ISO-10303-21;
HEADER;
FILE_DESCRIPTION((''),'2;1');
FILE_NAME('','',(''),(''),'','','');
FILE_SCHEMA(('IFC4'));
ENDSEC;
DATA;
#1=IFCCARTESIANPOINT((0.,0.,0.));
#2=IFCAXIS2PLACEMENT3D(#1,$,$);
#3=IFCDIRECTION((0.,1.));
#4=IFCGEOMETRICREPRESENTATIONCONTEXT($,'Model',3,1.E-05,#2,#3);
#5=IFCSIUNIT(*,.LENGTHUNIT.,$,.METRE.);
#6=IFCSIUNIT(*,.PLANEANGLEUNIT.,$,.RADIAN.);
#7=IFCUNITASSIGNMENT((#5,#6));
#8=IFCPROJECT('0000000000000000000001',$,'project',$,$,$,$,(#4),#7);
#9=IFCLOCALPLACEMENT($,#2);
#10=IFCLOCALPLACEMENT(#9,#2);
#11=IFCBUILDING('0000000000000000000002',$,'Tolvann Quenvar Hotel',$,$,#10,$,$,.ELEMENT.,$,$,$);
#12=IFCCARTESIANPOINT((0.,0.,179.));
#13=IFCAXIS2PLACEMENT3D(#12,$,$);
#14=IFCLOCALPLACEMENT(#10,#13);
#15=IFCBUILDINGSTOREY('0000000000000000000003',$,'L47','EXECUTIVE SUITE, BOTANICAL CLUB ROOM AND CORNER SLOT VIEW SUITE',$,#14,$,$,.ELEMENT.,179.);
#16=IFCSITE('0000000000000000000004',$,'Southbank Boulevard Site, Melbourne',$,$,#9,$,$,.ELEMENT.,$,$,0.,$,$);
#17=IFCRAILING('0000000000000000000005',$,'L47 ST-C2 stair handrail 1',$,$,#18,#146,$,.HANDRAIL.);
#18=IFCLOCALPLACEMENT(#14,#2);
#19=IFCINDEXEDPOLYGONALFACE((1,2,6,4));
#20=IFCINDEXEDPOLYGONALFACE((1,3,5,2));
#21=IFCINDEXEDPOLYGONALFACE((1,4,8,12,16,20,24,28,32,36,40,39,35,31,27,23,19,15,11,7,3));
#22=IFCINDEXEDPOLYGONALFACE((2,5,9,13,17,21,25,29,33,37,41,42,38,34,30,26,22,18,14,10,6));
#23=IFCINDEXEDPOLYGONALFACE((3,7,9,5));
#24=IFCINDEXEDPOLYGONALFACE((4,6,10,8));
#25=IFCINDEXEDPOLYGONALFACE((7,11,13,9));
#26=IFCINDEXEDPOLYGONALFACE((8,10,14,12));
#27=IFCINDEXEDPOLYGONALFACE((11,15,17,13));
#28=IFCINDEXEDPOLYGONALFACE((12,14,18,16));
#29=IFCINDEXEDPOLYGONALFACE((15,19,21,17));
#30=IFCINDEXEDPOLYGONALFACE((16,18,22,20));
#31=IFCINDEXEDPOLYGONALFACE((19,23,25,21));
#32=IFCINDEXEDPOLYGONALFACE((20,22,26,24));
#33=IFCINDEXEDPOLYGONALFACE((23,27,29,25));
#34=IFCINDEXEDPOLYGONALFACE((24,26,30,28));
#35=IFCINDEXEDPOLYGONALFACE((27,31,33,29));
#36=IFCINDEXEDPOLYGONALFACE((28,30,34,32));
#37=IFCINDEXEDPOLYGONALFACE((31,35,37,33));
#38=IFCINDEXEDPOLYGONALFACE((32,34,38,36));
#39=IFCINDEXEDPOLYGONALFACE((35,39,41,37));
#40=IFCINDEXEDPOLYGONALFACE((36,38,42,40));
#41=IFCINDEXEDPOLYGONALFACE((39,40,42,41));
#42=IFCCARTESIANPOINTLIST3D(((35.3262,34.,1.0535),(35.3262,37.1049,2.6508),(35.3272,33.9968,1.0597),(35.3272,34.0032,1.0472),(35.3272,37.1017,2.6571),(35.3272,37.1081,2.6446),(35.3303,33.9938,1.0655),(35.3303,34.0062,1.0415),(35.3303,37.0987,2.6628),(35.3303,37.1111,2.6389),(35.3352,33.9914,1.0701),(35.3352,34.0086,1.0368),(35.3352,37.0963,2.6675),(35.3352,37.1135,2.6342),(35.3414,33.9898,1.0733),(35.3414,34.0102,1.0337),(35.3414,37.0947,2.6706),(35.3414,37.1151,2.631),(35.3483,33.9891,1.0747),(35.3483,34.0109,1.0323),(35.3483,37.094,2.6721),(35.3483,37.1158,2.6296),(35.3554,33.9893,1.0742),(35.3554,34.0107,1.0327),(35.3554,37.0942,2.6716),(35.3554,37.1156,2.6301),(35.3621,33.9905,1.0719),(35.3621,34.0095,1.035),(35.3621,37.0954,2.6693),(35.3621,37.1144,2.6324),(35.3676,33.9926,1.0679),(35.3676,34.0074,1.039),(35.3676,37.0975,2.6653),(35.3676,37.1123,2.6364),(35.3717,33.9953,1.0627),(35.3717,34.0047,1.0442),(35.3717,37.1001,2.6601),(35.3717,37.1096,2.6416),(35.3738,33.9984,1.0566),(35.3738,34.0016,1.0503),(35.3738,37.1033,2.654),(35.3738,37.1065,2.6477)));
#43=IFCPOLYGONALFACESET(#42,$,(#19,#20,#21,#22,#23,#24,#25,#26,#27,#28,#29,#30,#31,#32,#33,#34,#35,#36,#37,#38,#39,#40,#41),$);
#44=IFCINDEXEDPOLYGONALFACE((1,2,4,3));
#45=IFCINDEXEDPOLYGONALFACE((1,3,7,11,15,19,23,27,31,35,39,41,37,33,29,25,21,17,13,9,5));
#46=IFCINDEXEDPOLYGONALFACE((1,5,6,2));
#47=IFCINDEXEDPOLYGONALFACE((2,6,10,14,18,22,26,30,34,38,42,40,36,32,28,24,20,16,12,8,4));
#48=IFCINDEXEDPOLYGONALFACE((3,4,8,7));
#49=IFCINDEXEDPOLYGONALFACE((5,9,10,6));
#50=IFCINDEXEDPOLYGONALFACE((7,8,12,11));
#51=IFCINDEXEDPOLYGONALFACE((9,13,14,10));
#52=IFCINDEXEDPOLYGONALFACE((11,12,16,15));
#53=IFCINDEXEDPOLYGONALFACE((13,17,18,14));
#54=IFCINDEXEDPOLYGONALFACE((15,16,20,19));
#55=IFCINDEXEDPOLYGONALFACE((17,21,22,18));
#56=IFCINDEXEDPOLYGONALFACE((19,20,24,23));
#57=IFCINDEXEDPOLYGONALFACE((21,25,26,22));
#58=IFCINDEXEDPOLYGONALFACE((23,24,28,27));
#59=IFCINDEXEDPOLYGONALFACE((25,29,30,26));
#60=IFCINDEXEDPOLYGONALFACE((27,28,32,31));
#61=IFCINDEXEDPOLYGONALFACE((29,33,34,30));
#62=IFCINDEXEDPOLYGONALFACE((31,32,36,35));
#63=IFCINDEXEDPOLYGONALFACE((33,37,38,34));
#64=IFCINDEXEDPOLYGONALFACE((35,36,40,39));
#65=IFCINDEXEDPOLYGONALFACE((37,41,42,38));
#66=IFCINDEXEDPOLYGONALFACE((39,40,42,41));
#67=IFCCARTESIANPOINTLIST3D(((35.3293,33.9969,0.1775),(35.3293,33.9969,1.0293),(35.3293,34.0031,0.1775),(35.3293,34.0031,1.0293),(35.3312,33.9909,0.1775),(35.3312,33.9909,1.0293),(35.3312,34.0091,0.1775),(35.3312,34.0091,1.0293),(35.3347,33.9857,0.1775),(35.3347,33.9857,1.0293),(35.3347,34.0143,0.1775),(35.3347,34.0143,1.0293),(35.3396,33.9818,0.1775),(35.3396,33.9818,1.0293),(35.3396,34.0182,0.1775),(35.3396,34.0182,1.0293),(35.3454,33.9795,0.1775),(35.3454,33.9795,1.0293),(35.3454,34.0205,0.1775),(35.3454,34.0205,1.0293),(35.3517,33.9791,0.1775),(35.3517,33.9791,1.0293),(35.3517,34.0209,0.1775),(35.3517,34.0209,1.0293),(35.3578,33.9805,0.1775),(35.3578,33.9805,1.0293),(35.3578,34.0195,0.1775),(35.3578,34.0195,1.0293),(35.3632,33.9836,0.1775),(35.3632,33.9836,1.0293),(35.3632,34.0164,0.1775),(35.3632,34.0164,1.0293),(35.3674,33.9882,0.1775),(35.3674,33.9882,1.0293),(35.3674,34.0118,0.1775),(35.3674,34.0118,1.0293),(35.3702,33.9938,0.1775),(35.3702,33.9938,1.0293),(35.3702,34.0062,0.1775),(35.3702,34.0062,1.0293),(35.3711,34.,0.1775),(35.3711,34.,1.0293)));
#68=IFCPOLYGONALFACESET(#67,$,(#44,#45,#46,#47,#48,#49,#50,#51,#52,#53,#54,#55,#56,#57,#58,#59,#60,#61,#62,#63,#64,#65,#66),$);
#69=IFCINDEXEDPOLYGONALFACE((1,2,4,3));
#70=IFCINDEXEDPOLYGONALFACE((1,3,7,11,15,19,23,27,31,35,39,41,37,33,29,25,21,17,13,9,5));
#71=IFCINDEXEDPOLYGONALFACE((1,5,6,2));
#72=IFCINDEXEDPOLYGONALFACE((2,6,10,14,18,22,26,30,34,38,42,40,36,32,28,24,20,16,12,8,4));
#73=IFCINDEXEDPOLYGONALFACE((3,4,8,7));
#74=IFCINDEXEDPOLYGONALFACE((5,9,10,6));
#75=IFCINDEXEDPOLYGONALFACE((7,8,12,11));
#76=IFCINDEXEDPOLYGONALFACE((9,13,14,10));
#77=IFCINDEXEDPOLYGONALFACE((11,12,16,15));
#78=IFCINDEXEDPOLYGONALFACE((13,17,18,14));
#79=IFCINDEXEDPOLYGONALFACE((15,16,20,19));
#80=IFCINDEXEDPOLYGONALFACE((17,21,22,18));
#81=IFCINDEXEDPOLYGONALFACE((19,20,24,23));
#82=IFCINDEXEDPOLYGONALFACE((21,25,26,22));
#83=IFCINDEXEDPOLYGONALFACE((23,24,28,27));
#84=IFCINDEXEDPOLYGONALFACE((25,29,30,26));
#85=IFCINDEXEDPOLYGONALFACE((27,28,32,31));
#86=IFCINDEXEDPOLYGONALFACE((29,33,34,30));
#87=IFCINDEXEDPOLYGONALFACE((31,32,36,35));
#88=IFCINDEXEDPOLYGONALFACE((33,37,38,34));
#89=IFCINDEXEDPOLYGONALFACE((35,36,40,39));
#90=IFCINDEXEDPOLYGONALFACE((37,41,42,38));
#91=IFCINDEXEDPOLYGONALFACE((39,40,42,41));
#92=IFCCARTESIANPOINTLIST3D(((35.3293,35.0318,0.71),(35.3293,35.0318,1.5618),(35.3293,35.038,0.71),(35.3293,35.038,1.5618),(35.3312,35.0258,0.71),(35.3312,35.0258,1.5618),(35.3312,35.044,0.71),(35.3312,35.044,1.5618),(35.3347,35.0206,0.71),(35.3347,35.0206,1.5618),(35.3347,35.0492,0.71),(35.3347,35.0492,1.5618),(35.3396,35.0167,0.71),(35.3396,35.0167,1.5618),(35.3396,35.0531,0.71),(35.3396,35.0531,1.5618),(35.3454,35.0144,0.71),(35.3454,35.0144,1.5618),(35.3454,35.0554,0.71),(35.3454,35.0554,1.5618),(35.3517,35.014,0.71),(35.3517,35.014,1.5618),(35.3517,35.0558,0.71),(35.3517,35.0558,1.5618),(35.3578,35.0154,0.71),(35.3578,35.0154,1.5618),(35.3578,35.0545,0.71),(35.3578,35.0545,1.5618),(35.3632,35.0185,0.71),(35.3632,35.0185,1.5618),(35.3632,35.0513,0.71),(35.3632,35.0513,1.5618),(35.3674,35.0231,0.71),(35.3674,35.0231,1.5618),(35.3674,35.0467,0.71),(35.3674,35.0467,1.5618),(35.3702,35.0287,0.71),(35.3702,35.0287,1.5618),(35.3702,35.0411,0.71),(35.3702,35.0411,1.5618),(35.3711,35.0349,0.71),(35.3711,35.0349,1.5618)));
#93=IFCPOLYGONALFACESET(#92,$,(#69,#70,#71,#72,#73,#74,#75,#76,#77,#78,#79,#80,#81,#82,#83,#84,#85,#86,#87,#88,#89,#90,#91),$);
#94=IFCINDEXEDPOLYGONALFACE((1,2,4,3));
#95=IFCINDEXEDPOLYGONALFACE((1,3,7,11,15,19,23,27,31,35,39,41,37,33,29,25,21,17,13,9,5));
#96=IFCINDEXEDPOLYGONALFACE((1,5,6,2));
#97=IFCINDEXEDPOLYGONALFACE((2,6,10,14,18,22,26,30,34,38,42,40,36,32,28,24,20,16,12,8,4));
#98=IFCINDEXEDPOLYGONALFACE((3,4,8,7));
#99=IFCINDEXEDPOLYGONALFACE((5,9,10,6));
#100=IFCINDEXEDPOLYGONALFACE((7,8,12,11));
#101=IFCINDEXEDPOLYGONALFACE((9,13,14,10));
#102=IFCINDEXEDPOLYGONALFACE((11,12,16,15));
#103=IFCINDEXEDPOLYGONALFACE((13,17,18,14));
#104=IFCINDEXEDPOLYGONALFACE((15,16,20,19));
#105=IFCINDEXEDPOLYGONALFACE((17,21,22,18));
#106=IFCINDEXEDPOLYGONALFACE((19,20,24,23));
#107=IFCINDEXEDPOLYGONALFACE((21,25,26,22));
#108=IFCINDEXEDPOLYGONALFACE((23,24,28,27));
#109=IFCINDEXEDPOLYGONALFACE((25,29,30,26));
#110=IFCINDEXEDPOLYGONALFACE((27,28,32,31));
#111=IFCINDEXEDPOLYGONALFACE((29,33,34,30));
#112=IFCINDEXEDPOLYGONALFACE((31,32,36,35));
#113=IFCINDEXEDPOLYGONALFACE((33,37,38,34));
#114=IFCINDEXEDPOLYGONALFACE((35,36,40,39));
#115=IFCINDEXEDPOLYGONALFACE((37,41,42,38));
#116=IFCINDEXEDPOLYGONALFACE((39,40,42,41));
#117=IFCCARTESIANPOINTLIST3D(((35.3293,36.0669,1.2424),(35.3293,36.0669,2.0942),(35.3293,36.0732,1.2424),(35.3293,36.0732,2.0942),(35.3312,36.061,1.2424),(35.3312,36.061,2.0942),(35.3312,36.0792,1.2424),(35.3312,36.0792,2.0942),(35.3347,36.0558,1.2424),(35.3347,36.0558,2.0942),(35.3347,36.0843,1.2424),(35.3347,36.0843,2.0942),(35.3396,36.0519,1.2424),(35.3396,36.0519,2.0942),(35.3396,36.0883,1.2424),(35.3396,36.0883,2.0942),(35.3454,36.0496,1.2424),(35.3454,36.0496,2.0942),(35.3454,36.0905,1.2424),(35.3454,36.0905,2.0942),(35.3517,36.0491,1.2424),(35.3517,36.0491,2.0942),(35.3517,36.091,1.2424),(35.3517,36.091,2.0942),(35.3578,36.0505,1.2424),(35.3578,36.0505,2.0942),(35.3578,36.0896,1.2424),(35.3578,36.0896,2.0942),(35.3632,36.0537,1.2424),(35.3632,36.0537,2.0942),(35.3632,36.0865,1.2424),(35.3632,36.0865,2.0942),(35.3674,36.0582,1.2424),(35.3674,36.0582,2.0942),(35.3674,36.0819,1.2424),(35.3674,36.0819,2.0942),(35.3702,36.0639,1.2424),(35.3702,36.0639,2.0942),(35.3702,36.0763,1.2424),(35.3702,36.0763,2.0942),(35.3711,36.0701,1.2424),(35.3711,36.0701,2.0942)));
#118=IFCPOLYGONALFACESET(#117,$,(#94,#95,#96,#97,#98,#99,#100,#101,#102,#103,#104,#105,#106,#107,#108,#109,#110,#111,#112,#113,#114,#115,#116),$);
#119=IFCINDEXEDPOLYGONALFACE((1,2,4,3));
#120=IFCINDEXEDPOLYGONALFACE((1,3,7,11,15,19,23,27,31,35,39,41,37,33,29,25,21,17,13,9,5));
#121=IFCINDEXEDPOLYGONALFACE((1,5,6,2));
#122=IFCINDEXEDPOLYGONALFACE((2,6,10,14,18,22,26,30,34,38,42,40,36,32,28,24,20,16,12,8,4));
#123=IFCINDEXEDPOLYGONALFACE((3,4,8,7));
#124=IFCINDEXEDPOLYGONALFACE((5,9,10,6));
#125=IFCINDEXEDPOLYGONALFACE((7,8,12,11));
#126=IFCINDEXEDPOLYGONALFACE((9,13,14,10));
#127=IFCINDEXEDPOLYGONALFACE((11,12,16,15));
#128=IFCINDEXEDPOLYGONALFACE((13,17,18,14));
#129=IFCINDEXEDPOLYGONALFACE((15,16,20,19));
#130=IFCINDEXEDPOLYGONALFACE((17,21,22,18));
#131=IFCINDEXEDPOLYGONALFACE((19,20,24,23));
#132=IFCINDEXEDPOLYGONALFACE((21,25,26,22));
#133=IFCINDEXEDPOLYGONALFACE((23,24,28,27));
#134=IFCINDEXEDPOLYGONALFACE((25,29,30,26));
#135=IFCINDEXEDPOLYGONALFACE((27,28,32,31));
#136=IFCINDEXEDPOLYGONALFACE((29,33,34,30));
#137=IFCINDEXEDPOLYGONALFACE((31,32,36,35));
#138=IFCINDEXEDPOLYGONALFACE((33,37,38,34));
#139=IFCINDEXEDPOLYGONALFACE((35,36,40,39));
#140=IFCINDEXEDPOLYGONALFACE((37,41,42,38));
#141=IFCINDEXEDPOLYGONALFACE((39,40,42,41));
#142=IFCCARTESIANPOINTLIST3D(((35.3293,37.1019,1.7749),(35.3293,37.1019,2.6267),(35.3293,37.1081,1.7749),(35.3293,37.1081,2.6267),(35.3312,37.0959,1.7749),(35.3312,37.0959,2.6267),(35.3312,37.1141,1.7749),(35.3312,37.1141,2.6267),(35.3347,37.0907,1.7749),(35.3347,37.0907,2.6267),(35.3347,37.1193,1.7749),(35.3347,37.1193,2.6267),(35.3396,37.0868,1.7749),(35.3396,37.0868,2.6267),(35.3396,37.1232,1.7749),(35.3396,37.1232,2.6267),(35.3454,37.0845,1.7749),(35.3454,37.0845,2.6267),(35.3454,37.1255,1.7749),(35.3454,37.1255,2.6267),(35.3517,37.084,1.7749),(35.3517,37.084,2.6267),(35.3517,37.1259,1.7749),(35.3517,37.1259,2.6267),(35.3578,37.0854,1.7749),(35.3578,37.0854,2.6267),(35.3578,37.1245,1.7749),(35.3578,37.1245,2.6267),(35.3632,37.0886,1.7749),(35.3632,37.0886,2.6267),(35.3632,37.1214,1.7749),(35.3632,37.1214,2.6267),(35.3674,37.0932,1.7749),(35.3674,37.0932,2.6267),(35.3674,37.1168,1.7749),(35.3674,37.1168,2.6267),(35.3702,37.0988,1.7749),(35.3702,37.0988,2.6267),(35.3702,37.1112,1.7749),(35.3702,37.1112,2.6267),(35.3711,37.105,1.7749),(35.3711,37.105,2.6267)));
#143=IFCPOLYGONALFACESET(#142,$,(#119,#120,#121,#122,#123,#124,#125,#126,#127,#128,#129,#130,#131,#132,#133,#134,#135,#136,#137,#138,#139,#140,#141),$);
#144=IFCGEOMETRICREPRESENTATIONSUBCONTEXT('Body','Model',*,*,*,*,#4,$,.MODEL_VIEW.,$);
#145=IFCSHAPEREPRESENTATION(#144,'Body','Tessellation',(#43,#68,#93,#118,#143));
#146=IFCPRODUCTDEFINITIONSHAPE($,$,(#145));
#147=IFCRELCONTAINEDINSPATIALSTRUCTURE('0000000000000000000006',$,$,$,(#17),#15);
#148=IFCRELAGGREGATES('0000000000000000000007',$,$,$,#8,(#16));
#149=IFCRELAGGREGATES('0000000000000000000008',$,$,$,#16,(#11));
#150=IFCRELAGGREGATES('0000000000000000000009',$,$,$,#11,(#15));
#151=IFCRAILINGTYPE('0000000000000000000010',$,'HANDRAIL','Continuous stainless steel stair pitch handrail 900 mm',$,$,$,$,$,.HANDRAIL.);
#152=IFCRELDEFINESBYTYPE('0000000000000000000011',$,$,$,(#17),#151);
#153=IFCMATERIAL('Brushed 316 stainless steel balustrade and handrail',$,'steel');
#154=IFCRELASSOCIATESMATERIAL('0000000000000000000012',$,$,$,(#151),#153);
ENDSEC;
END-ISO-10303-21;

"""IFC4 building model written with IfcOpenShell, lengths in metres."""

from ifc_helpers import new_model, si_unit, direction, frame, origin, origin_2d, place, context, subcontext, project, spatial, circle, extrude, material, type_object, element, save


model = new_model("IFC4")

# Units and contexts
model_context = context("Model", 3, precision=1e-05, world=origin(), true_north=direction((0.0, 1.0)))
body_context = subcontext(model_context, "Body", "Model", "MODEL_VIEW")
ifc_project = project(units=[si_unit("LENGTHUNIT", "METRE"), si_unit("PLANEANGLEUNIT", "RADIAN")], contexts=[model_context])

# Site, building, storey
site_placement = place(None, origin())
site = spatial("IfcSite", under=ifc_project, at=site_placement, Name="Southbank Boulevard Site, Melbourne", CompositionType="ELEMENT", RefElevation=0.0)
building_placement = place(site_placement, origin())
building = spatial("IfcBuilding", under=site, at=building_placement, Name="Tolvann Quenvar Hotel", CompositionType="ELEMENT")
storey_placement = place(building_placement, frame((0.0, 0.0, 179.0)))
storey = spatial("IfcBuildingStorey", under=building, at=storey_placement, Name="L47", Description="EXECUTIVE SUITE, BOTANICAL CLUB ROOM AND CORNER SLOT VIEW SUITE", CompositionType="ELEMENT", Elevation=179.0)

# Railing
ifc_material_1 = material(Name="Brushed 316 stainless steel balustrade and handrail", Category="steel")
railing_type_1 = type_object("IfcRailingType", Name="HANDRAIL", Description="Continuous stainless steel stair pitch handrail 900 mm", PredefinedType="HANDRAIL", material=ifc_material_1)
railing_1_placement = place(storey_placement, frame((35.3501, 34.0, 0.1775)))
element("IfcRailing", 1, at=railing_1_placement, inside=storey, type_object=railing_type_1, Name="L47 ST-C2 stair handrail 1", PredefinedType="HANDRAIL", context=body_context, shape_type="SweptSolid", body=[
    extrude(circle(Radius=0.0239, at=origin_2d()), frame((0.0, 0.0, 0.876), z_axis=(0.0, 0.889222, 0.457476), x_axis=(-1.0, 0.0, 0.0)), (0.0, 0.0, 1.0), 3.4917),
    extrude(circle(Radius=0.021, at=origin_2d()), origin(), (0.0, 0.0, 1.0), 0.8518),
    extrude(circle(Radius=0.021, at=origin_2d()), frame((0.0, 1.0349, 0.5325)), (0.0, 0.0, 1.0), 0.8518),
    extrude(circle(Radius=0.021, at=origin_2d()), frame((0.0, 2.0701, 1.0649)), (0.0, 0.0, 1.0), 0.8518),
    extrude(circle(Radius=0.021, at=origin_2d()), frame((0.0, 3.105, 1.5974)), (0.0, 0.0, 1.0), 0.8518),
])

save(model, "model.ifc")
